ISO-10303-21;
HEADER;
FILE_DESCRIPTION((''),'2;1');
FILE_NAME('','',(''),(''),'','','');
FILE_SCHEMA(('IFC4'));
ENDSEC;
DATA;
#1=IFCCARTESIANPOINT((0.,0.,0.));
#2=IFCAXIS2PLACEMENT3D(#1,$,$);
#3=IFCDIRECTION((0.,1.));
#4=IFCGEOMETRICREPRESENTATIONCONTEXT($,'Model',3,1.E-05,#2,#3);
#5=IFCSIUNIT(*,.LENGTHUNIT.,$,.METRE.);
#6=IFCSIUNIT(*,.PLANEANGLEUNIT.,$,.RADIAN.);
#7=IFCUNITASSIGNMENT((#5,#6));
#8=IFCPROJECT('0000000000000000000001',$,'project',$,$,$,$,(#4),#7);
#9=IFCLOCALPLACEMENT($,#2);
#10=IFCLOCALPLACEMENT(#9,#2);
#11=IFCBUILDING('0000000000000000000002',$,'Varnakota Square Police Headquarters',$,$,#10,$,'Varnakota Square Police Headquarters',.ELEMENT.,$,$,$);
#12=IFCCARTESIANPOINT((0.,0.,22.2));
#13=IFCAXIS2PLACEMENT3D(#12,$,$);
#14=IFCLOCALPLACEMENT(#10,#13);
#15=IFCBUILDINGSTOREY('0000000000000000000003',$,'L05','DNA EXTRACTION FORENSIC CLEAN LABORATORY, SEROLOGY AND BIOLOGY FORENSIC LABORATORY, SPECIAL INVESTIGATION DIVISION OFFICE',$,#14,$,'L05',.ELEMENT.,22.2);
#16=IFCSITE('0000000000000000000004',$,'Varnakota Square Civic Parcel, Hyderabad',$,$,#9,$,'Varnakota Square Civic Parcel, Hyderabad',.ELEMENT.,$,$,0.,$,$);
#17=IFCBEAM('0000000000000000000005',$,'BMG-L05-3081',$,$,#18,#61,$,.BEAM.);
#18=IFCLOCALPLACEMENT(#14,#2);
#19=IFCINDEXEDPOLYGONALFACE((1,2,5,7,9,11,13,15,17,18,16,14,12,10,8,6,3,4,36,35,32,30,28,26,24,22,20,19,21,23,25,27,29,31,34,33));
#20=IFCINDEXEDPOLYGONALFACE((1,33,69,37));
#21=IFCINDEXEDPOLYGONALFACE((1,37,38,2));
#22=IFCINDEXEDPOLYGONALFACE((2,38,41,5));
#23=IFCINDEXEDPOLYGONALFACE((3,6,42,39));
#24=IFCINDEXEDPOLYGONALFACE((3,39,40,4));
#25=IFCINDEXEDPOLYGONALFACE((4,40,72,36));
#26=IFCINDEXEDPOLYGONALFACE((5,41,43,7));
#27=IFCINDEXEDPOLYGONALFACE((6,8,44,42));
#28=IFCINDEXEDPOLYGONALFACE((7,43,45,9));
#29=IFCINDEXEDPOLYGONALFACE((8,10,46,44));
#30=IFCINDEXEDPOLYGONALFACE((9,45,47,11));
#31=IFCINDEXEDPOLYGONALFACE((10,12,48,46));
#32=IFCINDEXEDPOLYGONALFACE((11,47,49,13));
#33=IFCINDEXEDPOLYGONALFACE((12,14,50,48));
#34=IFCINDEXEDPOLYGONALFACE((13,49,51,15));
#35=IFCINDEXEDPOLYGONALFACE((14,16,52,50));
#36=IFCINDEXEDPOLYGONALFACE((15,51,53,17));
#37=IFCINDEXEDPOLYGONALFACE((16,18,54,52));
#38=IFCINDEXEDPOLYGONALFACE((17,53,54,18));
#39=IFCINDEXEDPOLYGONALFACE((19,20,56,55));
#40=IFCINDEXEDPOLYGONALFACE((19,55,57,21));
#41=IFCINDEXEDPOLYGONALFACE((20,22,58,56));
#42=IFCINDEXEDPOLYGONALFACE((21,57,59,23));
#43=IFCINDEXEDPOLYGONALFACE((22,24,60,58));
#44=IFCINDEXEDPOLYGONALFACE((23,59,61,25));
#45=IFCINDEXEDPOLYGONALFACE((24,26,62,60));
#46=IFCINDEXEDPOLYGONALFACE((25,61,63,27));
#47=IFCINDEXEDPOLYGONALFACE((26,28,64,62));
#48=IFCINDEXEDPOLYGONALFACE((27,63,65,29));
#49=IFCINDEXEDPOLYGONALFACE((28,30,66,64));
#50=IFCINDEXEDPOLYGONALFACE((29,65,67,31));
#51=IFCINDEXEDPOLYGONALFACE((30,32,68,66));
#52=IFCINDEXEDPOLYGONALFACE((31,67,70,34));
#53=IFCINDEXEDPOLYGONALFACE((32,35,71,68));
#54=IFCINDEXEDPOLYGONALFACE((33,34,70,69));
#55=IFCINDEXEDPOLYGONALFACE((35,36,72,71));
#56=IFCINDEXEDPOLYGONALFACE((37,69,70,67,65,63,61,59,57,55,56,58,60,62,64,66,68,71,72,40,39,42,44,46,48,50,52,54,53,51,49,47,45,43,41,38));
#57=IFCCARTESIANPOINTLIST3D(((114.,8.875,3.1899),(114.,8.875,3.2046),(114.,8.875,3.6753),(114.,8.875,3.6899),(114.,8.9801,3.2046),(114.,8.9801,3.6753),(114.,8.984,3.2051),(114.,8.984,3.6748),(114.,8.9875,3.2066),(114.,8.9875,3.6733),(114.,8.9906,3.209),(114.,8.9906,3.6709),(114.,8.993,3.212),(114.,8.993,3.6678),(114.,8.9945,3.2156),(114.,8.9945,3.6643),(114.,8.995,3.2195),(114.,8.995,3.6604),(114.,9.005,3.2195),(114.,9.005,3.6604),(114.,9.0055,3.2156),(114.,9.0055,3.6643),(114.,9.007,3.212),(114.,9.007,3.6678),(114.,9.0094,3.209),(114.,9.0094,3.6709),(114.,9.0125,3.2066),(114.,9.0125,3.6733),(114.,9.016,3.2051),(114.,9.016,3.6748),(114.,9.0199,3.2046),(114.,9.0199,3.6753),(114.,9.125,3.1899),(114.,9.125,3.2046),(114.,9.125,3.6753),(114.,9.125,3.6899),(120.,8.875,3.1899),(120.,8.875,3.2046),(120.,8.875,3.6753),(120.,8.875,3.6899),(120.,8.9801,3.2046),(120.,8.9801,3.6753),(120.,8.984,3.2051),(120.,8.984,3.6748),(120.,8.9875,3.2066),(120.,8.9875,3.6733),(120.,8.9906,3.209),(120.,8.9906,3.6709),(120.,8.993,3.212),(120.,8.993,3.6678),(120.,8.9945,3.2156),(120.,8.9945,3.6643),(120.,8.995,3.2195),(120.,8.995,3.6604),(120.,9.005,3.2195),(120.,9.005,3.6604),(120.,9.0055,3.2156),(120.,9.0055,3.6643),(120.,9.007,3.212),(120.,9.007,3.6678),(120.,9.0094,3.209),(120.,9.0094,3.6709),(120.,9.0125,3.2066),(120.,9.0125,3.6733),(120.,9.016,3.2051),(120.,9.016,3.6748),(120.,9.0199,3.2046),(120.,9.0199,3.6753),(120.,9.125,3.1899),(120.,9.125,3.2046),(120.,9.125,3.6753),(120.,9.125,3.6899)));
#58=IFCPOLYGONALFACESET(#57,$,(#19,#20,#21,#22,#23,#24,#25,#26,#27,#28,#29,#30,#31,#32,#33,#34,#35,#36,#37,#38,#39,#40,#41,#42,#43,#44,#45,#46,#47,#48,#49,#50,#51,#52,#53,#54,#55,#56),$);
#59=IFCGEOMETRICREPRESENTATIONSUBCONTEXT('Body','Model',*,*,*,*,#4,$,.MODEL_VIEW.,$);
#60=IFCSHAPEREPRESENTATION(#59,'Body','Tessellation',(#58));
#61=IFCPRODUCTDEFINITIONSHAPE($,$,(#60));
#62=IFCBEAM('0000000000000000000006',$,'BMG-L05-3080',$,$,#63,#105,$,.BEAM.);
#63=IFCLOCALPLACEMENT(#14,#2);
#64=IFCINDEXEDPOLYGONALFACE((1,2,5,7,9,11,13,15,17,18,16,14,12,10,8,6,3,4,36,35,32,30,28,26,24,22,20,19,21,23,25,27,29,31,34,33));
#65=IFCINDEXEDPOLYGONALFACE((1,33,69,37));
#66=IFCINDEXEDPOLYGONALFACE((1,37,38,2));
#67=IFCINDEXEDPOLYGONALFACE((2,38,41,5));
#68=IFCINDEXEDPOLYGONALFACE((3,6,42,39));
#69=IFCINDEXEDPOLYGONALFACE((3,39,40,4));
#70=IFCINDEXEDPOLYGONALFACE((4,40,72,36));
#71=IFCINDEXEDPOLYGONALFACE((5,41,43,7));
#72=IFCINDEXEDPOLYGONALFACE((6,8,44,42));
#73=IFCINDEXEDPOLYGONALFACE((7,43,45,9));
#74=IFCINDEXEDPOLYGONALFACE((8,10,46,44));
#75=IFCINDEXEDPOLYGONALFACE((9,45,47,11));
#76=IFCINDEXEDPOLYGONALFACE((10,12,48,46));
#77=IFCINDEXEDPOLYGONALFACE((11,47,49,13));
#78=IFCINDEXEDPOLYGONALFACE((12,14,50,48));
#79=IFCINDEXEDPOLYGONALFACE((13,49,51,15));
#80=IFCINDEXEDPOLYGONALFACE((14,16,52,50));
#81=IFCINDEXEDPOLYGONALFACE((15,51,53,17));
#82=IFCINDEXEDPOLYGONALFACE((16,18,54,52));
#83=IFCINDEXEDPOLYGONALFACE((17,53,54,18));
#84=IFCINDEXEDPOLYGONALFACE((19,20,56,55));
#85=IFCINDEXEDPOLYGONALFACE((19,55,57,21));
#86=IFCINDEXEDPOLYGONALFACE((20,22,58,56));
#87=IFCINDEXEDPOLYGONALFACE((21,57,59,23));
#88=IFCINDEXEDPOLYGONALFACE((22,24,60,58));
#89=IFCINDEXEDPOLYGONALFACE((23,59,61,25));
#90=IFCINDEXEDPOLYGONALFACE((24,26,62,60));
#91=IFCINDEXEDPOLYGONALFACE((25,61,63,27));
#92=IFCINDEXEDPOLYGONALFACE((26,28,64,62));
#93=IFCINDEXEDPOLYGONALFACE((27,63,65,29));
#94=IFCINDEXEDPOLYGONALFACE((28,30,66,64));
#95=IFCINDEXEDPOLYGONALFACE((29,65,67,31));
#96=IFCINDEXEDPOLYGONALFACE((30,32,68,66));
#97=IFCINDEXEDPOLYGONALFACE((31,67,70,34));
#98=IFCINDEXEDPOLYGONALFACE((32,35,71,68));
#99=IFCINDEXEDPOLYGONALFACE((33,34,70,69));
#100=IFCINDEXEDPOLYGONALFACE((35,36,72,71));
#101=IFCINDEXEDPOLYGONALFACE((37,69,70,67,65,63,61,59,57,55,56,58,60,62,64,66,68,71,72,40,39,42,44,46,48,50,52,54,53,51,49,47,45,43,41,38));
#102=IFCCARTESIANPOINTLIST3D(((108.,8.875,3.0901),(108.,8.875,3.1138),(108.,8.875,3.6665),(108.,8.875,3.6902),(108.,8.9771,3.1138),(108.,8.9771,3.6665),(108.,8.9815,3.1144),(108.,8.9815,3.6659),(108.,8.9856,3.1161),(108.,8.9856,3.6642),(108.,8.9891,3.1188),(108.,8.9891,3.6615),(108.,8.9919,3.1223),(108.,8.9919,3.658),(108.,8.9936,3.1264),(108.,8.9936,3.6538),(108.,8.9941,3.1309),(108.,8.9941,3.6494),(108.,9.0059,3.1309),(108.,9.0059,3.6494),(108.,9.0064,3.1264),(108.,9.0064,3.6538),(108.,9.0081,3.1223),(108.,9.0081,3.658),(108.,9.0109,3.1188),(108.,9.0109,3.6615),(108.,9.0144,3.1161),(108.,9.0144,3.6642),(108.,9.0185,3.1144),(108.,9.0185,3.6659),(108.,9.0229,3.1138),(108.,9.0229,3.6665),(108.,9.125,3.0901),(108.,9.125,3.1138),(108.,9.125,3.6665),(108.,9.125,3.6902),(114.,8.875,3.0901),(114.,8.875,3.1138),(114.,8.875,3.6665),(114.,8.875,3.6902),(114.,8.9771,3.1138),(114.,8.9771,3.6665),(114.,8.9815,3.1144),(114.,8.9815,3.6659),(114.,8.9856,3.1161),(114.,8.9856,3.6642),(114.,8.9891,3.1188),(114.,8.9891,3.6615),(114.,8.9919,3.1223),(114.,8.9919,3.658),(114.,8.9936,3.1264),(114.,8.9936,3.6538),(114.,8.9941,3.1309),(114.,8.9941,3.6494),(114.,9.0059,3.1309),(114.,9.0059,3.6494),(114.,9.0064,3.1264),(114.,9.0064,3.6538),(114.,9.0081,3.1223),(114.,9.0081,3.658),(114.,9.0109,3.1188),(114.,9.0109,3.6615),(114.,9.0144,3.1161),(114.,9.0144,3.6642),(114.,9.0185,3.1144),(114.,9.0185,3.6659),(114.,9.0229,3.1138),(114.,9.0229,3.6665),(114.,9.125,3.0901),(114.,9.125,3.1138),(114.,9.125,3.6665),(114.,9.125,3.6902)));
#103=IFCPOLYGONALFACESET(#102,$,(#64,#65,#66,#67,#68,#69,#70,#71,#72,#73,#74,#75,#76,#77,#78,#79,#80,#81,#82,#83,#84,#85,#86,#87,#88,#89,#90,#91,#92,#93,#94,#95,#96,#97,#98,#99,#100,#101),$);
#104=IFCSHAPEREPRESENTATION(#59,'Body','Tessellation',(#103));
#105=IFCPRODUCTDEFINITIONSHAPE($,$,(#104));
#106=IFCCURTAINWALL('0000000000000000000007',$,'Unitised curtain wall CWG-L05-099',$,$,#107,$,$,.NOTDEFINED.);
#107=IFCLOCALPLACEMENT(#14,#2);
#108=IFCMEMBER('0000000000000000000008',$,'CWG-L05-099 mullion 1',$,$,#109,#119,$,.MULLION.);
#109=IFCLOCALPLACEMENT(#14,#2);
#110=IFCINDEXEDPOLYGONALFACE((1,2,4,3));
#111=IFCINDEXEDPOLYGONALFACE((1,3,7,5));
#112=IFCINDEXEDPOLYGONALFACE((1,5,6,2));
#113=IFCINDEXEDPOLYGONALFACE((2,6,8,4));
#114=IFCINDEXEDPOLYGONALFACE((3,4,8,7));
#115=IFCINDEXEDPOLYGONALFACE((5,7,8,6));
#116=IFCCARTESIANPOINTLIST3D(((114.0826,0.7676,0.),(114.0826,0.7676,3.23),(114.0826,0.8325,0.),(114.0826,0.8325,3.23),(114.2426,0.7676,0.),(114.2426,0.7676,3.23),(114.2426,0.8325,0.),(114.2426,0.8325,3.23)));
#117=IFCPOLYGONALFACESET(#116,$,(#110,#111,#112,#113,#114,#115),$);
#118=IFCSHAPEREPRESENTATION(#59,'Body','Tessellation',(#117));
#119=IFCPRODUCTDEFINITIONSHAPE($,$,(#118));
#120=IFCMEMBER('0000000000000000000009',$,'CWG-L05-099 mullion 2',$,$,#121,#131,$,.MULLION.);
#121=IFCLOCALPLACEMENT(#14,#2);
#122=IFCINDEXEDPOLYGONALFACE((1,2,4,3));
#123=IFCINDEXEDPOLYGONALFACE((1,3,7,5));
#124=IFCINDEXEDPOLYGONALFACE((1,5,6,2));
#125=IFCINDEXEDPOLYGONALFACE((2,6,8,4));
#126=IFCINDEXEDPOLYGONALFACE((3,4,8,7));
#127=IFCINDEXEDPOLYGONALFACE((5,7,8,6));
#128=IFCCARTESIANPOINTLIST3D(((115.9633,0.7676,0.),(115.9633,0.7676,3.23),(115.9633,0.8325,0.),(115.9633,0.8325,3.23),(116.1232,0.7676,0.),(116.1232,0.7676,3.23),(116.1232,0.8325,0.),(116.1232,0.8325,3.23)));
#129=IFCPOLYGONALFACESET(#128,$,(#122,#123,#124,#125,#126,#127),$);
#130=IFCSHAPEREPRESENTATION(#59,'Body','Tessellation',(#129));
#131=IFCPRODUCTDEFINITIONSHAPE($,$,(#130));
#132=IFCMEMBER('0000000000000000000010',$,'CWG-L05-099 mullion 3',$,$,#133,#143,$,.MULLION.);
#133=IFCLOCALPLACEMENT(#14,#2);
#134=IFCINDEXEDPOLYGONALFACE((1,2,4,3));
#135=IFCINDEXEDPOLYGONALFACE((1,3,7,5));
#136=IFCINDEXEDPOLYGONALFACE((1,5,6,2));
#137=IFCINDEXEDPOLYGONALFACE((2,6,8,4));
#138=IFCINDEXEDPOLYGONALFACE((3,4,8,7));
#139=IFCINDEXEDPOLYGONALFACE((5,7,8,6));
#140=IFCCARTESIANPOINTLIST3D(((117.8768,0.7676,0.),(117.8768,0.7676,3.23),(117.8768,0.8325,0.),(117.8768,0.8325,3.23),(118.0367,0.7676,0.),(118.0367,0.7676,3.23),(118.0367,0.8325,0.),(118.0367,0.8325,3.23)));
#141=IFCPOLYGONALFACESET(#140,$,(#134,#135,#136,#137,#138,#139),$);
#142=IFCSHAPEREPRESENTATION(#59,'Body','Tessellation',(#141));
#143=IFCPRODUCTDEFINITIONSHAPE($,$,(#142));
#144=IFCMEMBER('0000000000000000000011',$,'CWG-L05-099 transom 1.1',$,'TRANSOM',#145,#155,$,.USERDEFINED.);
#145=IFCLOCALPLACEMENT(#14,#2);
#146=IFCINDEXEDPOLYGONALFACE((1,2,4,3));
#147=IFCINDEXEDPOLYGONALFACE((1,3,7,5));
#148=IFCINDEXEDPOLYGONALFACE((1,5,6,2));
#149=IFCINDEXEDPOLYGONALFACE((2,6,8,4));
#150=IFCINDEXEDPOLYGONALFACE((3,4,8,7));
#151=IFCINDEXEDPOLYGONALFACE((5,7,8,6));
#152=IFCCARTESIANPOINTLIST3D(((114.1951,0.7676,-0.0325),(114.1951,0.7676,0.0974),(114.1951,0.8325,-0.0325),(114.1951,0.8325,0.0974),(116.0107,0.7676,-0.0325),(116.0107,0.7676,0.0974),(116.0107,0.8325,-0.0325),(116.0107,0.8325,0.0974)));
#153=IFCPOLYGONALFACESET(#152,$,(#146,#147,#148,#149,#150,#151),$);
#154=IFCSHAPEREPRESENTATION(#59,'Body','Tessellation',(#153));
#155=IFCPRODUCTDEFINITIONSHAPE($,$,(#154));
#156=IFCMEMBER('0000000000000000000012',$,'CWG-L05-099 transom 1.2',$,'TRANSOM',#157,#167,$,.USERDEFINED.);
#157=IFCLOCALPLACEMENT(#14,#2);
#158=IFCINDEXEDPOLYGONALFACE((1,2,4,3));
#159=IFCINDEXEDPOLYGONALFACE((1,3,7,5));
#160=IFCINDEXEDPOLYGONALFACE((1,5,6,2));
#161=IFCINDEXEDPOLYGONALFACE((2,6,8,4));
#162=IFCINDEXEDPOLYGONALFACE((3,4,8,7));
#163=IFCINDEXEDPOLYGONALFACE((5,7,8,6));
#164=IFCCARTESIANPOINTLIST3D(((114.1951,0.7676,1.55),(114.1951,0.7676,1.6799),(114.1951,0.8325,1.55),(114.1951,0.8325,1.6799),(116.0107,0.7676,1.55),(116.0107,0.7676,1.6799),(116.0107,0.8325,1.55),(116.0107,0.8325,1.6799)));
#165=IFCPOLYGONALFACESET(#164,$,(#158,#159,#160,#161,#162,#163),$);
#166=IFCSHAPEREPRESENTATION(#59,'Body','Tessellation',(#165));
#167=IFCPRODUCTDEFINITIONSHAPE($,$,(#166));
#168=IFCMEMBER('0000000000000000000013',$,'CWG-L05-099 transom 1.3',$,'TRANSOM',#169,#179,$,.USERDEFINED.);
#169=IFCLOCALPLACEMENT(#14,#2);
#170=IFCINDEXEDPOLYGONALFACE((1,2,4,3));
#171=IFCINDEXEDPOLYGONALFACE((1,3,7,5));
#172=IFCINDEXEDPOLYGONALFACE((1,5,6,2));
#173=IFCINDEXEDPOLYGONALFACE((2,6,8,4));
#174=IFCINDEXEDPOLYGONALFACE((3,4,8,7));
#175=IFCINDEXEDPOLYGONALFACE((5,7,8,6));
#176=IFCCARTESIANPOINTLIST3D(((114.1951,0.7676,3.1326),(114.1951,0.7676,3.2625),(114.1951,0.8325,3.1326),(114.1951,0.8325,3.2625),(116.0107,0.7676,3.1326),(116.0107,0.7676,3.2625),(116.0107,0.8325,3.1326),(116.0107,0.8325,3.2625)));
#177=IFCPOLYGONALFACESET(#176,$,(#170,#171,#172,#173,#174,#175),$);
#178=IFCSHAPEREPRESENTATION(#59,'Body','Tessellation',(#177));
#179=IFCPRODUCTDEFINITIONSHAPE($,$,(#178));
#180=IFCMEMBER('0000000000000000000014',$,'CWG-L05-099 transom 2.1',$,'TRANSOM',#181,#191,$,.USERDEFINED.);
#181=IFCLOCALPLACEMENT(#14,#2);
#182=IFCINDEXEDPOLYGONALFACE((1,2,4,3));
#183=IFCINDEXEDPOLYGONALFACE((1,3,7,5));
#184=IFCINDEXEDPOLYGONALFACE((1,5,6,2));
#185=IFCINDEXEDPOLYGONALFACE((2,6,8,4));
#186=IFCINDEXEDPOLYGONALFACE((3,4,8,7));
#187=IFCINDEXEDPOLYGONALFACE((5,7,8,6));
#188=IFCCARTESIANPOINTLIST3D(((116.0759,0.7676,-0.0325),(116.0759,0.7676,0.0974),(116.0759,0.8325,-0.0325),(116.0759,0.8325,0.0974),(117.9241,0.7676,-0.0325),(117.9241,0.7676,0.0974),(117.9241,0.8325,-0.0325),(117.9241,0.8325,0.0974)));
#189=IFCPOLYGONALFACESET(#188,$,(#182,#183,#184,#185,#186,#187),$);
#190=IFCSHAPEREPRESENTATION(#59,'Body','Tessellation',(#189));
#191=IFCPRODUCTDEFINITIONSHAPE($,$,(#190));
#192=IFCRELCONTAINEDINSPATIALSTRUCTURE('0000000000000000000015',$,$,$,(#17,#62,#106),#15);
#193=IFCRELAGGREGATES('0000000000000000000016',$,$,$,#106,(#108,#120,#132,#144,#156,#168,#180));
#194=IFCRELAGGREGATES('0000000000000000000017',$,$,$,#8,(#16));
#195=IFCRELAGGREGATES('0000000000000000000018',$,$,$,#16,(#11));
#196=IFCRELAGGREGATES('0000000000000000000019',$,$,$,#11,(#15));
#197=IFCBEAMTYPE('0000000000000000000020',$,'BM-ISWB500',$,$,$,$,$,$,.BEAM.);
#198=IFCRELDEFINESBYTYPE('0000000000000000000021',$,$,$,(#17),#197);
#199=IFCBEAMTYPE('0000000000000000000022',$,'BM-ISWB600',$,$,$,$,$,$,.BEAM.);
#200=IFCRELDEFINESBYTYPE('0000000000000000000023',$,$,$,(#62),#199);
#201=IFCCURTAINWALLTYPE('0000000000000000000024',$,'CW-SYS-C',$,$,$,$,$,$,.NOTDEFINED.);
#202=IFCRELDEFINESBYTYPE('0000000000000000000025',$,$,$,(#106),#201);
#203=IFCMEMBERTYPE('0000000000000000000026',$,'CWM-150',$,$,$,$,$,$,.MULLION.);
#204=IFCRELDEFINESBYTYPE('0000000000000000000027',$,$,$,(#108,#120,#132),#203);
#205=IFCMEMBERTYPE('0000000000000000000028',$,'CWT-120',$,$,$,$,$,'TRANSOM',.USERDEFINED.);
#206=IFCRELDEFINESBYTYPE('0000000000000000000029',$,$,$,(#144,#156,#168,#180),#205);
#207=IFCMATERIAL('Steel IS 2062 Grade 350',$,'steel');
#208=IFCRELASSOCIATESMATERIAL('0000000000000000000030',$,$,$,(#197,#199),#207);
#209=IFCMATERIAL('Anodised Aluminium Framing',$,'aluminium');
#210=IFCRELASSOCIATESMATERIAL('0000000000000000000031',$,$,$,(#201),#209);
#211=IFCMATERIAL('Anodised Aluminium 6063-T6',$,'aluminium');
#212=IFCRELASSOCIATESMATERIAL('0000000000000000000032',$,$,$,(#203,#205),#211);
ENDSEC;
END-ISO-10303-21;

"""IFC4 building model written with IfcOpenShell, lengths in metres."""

from ifc_helpers import new_model, si_unit, direction, frame, origin, origin_2d, place, context, subcontext, project, spatial, rectangle, i_section, extrude, material, material_profile, profile_set, type_object, element, aggregate, save


model = new_model("IFC4")

# Units and contexts
model_context = context("Model", 3, precision=1e-05, world=origin(), true_north=direction((0.0, 1.0)))
body_context = subcontext(model_context, "Body", "Model", "MODEL_VIEW")
ifc_project = project(units=[si_unit("LENGTHUNIT", "METRE"), si_unit("PLANEANGLEUNIT", "RADIAN")], contexts=[model_context])

# Site, building, storey
site_placement = place(None, origin())
site = spatial("IfcSite", under=ifc_project, at=site_placement, Name="Varnakota Square Civic Parcel, Hyderabad", LongName="Varnakota Square Civic Parcel, Hyderabad", CompositionType="ELEMENT", RefElevation=0.0)
building_placement = place(site_placement, origin())
building = spatial("IfcBuilding", under=site, at=building_placement, Name="Varnakota Square Police Headquarters", LongName="Varnakota Square Police Headquarters", CompositionType="ELEMENT")
storey_placement = place(building_placement, frame((0.0, 0.0, 22.2)))
storey = spatial("IfcBuildingStorey", under=building, at=storey_placement, Name="L05", Description="DNA EXTRACTION FORENSIC CLEAN LABORATORY, SEROLOGY AND BIOLOGY FORENSIC LABORATORY, SPECIAL INVESTIGATION DIVISION OFFICE", LongName="L05", CompositionType="ELEMENT", Elevation=22.2)

# Shared definitions
ifc_material_1 = material(Name="Steel IS 2062 Grade 350", Category="steel")

# Beams
ifc_material_profile_1 = material_profile(ifc_material_1, i_section(OverallWidth=0.25, OverallDepth=0.5, WebThickness=0.01, FlangeThickness=0.0146, FilletRadius=0.0149, at=origin_2d()), Name="ISWB 500")
ifc_profile_set_1 = profile_set([ifc_material_profile_1], Name="Steel IS 2062 Grade 350")
beam_type_1 = type_object("IfcBeamType", Name="BM-ISWB500", PredefinedType="BEAM", material=ifc_profile_set_1)
beam_1_placement = place(storey_placement, frame((114.0, 9.0, 3.4399), z_axis=(1.0, 0.0, 0.0), x_axis=(0.0, 1.0, 0.0)))
element("IfcBeam", 1, at=beam_1_placement, inside=storey, type_object=beam_type_1, Name="BMG-L05-3081", PredefinedType="BEAM", context=body_context, shape_type="SweptSolid", body=[
    extrude(i_section(OverallWidth=0.25, OverallDepth=0.5, WebThickness=0.01, FlangeThickness=0.0146, FilletRadius=0.0149, at=origin_2d()), origin(), (0.0, 0.0, 1.0), 6.0),
])
ifc_material_profile_2 = material_profile(ifc_material_1, i_section(OverallWidth=0.25, OverallDepth=0.6001, WebThickness=0.0117, FlangeThickness=0.0237, FilletRadius=0.0171, at=origin_2d()), Name="ISWB 600")
ifc_profile_set_2 = profile_set([ifc_material_profile_2], Name="Steel IS 2062 Grade 350")
beam_type_2 = type_object("IfcBeamType", Name="BM-ISWB600", PredefinedType="BEAM", material=ifc_profile_set_2)
beam_2_placement = place(storey_placement, frame((108.0, 9.0, 3.3901), z_axis=(1.0, 0.0, 0.0), x_axis=(0.0, 1.0, 0.0)))
element("IfcBeam", 2, at=beam_2_placement, inside=storey, type_object=beam_type_2, Name="BMG-L05-3080", PredefinedType="BEAM", context=body_context, shape_type="SweptSolid", body=[
    extrude(i_section(OverallWidth=0.25, OverallDepth=0.6001, WebThickness=0.0117, FlangeThickness=0.0237, FilletRadius=0.0171, at=origin_2d()), origin(), (0.0, 0.0, 1.0), 6.0),
])

# Curtain wall, members
ifc_material_2 = material(Name="Anodised Aluminium Framing", Category="aluminium")
curtain_wall_type = type_object("IfcCurtainWallType", Name="CW-SYS-C", PredefinedType="NOTDEFINED", material=ifc_material_2)
curtain_wall_placement = place(storey_placement, origin())
curtain_wall = element("IfcCurtainWall", 3, at=curtain_wall_placement, inside=storey, type_object=curtain_wall_type, Name="Unitised curtain wall CWG-L05-099", PredefinedType="NOTDEFINED")
ifc_material_3 = material(Name="Anodised Aluminium 6063-T6", Category="aluminium")
ifc_material_profile_3 = material_profile(ifc_material_3, rectangle(XDim=0.0649, YDim=0.1599, at=origin_2d()), Name="ALU MULLION 65x160")
ifc_profile_set_3 = profile_set([ifc_material_profile_3], Name="Anodised Aluminium 6063-T6")
member_type_1 = type_object("IfcMemberType", Name="CWM-150", PredefinedType="MULLION", material=ifc_profile_set_3)
member_1_placement = place(storey_placement, frame((114.1626, 0.8, 0.0), z_axis=(0.0, 0.0, 1.0), x_axis=(0.0, 1.0, 0.0)))
member_1 = element("IfcMember", 4, at=member_1_placement, type_object=member_type_1, Name="CWG-L05-099 mullion 1", PredefinedType="MULLION", context=body_context, shape_type="SweptSolid", body=[
    extrude(rectangle(XDim=0.0649, YDim=0.1599, at=origin_2d()), origin(), (0.0, 0.0, 1.0), 3.23),
])
member_2_placement = place(storey_placement, frame((116.0432, 0.8, 0.0), z_axis=(0.0, 0.0, 1.0), x_axis=(0.0, 1.0, 0.0)))
member_2 = element("IfcMember", 5, at=member_2_placement, type_object=member_type_1, Name="CWG-L05-099 mullion 2", PredefinedType="MULLION", context=body_context, shape_type="SweptSolid", body=[
    extrude(rectangle(XDim=0.0649, YDim=0.1599, at=origin_2d()), origin(), (0.0, 0.0, 1.0), 3.23),
])
member_3_placement = place(storey_placement, frame((117.9568, 0.8, 0.0), z_axis=(0.0, 0.0, 1.0), x_axis=(0.0, 1.0, 0.0)))
member_3 = element("IfcMember", 6, at=member_3_placement, type_object=member_type_1, Name="CWG-L05-099 mullion 3", PredefinedType="MULLION", context=body_context, shape_type="SweptSolid", body=[
    extrude(rectangle(XDim=0.0649, YDim=0.1599, at=origin_2d()), origin(), (0.0, 0.0, 1.0), 3.23),
])
ifc_material_profile_4 = material_profile(ifc_material_3, rectangle(XDim=0.0649, YDim=0.1299, at=origin_2d()), Name="ALU TRANSOM 65x130")
ifc_profile_set_4 = profile_set([ifc_material_profile_4], Name="Anodised Aluminium 6063-T6")
member_type_2 = type_object("IfcMemberType", Name="CWT-120", ElementType="TRANSOM", PredefinedType="USERDEFINED", material=ifc_profile_set_4)
member_4_placement = place(storey_placement, frame((114.1951, 0.8, 0.0325), z_axis=(1.0, 0.0, 0.0), x_axis=(0.0, 1.0, 0.0)))
member_4 = element("IfcMember", 7, at=member_4_placement, type_object=member_type_2, Name="CWG-L05-099 transom 1.1", ObjectType="TRANSOM", PredefinedType="USERDEFINED", context=body_context, shape_type="SweptSolid", body=[
    extrude(rectangle(XDim=0.0649, YDim=0.1299, at=origin_2d()), origin(), (0.0, 0.0, 1.0), 1.8157),
])
member_5_placement = place(storey_placement, frame((114.1951, 0.8, 1.615), z_axis=(1.0, 0.0, 0.0), x_axis=(0.0, 1.0, 0.0)))
member_5 = element("IfcMember", 8, at=member_5_placement, type_object=member_type_2, Name="CWG-L05-099 transom 1.2", ObjectType="TRANSOM", PredefinedType="USERDEFINED", context=body_context, shape_type="SweptSolid", body=[
    extrude(rectangle(XDim=0.0649, YDim=0.1299, at=origin_2d()), origin(), (0.0, 0.0, 1.0), 1.8157),
])
member_6_placement = place(storey_placement, frame((114.1951, 0.8, 3.1975), z_axis=(1.0, 0.0, 0.0), x_axis=(0.0, 1.0, 0.0)))
member_6 = element("IfcMember", 9, at=member_6_placement, type_object=member_type_2, Name="CWG-L05-099 transom 1.3", ObjectType="TRANSOM", PredefinedType="USERDEFINED", context=body_context, shape_type="SweptSolid", body=[
    extrude(rectangle(XDim=0.0649, YDim=0.1299, at=origin_2d()), origin(), (0.0, 0.0, 1.0), 1.8157),
])
member_7_placement = place(storey_placement, frame((116.0759, 0.8, 0.0325), z_axis=(1.0, 0.0, 0.0), x_axis=(0.0, 1.0, 0.0)))
member_7 = element("IfcMember", 10, at=member_7_placement, type_object=member_type_2, Name="CWG-L05-099 transom 2.1", ObjectType="TRANSOM", PredefinedType="USERDEFINED", context=body_context, shape_type="SweptSolid", body=[
    extrude(rectangle(XDim=0.0649, YDim=0.1299, at=origin_2d()), origin(), (0.0, 0.0, 1.0), 1.8481),
])
aggregate(curtain_wall, [member_1, member_2, member_3, member_4, member_5, member_6, member_7])

save(model, "model.ifc")
